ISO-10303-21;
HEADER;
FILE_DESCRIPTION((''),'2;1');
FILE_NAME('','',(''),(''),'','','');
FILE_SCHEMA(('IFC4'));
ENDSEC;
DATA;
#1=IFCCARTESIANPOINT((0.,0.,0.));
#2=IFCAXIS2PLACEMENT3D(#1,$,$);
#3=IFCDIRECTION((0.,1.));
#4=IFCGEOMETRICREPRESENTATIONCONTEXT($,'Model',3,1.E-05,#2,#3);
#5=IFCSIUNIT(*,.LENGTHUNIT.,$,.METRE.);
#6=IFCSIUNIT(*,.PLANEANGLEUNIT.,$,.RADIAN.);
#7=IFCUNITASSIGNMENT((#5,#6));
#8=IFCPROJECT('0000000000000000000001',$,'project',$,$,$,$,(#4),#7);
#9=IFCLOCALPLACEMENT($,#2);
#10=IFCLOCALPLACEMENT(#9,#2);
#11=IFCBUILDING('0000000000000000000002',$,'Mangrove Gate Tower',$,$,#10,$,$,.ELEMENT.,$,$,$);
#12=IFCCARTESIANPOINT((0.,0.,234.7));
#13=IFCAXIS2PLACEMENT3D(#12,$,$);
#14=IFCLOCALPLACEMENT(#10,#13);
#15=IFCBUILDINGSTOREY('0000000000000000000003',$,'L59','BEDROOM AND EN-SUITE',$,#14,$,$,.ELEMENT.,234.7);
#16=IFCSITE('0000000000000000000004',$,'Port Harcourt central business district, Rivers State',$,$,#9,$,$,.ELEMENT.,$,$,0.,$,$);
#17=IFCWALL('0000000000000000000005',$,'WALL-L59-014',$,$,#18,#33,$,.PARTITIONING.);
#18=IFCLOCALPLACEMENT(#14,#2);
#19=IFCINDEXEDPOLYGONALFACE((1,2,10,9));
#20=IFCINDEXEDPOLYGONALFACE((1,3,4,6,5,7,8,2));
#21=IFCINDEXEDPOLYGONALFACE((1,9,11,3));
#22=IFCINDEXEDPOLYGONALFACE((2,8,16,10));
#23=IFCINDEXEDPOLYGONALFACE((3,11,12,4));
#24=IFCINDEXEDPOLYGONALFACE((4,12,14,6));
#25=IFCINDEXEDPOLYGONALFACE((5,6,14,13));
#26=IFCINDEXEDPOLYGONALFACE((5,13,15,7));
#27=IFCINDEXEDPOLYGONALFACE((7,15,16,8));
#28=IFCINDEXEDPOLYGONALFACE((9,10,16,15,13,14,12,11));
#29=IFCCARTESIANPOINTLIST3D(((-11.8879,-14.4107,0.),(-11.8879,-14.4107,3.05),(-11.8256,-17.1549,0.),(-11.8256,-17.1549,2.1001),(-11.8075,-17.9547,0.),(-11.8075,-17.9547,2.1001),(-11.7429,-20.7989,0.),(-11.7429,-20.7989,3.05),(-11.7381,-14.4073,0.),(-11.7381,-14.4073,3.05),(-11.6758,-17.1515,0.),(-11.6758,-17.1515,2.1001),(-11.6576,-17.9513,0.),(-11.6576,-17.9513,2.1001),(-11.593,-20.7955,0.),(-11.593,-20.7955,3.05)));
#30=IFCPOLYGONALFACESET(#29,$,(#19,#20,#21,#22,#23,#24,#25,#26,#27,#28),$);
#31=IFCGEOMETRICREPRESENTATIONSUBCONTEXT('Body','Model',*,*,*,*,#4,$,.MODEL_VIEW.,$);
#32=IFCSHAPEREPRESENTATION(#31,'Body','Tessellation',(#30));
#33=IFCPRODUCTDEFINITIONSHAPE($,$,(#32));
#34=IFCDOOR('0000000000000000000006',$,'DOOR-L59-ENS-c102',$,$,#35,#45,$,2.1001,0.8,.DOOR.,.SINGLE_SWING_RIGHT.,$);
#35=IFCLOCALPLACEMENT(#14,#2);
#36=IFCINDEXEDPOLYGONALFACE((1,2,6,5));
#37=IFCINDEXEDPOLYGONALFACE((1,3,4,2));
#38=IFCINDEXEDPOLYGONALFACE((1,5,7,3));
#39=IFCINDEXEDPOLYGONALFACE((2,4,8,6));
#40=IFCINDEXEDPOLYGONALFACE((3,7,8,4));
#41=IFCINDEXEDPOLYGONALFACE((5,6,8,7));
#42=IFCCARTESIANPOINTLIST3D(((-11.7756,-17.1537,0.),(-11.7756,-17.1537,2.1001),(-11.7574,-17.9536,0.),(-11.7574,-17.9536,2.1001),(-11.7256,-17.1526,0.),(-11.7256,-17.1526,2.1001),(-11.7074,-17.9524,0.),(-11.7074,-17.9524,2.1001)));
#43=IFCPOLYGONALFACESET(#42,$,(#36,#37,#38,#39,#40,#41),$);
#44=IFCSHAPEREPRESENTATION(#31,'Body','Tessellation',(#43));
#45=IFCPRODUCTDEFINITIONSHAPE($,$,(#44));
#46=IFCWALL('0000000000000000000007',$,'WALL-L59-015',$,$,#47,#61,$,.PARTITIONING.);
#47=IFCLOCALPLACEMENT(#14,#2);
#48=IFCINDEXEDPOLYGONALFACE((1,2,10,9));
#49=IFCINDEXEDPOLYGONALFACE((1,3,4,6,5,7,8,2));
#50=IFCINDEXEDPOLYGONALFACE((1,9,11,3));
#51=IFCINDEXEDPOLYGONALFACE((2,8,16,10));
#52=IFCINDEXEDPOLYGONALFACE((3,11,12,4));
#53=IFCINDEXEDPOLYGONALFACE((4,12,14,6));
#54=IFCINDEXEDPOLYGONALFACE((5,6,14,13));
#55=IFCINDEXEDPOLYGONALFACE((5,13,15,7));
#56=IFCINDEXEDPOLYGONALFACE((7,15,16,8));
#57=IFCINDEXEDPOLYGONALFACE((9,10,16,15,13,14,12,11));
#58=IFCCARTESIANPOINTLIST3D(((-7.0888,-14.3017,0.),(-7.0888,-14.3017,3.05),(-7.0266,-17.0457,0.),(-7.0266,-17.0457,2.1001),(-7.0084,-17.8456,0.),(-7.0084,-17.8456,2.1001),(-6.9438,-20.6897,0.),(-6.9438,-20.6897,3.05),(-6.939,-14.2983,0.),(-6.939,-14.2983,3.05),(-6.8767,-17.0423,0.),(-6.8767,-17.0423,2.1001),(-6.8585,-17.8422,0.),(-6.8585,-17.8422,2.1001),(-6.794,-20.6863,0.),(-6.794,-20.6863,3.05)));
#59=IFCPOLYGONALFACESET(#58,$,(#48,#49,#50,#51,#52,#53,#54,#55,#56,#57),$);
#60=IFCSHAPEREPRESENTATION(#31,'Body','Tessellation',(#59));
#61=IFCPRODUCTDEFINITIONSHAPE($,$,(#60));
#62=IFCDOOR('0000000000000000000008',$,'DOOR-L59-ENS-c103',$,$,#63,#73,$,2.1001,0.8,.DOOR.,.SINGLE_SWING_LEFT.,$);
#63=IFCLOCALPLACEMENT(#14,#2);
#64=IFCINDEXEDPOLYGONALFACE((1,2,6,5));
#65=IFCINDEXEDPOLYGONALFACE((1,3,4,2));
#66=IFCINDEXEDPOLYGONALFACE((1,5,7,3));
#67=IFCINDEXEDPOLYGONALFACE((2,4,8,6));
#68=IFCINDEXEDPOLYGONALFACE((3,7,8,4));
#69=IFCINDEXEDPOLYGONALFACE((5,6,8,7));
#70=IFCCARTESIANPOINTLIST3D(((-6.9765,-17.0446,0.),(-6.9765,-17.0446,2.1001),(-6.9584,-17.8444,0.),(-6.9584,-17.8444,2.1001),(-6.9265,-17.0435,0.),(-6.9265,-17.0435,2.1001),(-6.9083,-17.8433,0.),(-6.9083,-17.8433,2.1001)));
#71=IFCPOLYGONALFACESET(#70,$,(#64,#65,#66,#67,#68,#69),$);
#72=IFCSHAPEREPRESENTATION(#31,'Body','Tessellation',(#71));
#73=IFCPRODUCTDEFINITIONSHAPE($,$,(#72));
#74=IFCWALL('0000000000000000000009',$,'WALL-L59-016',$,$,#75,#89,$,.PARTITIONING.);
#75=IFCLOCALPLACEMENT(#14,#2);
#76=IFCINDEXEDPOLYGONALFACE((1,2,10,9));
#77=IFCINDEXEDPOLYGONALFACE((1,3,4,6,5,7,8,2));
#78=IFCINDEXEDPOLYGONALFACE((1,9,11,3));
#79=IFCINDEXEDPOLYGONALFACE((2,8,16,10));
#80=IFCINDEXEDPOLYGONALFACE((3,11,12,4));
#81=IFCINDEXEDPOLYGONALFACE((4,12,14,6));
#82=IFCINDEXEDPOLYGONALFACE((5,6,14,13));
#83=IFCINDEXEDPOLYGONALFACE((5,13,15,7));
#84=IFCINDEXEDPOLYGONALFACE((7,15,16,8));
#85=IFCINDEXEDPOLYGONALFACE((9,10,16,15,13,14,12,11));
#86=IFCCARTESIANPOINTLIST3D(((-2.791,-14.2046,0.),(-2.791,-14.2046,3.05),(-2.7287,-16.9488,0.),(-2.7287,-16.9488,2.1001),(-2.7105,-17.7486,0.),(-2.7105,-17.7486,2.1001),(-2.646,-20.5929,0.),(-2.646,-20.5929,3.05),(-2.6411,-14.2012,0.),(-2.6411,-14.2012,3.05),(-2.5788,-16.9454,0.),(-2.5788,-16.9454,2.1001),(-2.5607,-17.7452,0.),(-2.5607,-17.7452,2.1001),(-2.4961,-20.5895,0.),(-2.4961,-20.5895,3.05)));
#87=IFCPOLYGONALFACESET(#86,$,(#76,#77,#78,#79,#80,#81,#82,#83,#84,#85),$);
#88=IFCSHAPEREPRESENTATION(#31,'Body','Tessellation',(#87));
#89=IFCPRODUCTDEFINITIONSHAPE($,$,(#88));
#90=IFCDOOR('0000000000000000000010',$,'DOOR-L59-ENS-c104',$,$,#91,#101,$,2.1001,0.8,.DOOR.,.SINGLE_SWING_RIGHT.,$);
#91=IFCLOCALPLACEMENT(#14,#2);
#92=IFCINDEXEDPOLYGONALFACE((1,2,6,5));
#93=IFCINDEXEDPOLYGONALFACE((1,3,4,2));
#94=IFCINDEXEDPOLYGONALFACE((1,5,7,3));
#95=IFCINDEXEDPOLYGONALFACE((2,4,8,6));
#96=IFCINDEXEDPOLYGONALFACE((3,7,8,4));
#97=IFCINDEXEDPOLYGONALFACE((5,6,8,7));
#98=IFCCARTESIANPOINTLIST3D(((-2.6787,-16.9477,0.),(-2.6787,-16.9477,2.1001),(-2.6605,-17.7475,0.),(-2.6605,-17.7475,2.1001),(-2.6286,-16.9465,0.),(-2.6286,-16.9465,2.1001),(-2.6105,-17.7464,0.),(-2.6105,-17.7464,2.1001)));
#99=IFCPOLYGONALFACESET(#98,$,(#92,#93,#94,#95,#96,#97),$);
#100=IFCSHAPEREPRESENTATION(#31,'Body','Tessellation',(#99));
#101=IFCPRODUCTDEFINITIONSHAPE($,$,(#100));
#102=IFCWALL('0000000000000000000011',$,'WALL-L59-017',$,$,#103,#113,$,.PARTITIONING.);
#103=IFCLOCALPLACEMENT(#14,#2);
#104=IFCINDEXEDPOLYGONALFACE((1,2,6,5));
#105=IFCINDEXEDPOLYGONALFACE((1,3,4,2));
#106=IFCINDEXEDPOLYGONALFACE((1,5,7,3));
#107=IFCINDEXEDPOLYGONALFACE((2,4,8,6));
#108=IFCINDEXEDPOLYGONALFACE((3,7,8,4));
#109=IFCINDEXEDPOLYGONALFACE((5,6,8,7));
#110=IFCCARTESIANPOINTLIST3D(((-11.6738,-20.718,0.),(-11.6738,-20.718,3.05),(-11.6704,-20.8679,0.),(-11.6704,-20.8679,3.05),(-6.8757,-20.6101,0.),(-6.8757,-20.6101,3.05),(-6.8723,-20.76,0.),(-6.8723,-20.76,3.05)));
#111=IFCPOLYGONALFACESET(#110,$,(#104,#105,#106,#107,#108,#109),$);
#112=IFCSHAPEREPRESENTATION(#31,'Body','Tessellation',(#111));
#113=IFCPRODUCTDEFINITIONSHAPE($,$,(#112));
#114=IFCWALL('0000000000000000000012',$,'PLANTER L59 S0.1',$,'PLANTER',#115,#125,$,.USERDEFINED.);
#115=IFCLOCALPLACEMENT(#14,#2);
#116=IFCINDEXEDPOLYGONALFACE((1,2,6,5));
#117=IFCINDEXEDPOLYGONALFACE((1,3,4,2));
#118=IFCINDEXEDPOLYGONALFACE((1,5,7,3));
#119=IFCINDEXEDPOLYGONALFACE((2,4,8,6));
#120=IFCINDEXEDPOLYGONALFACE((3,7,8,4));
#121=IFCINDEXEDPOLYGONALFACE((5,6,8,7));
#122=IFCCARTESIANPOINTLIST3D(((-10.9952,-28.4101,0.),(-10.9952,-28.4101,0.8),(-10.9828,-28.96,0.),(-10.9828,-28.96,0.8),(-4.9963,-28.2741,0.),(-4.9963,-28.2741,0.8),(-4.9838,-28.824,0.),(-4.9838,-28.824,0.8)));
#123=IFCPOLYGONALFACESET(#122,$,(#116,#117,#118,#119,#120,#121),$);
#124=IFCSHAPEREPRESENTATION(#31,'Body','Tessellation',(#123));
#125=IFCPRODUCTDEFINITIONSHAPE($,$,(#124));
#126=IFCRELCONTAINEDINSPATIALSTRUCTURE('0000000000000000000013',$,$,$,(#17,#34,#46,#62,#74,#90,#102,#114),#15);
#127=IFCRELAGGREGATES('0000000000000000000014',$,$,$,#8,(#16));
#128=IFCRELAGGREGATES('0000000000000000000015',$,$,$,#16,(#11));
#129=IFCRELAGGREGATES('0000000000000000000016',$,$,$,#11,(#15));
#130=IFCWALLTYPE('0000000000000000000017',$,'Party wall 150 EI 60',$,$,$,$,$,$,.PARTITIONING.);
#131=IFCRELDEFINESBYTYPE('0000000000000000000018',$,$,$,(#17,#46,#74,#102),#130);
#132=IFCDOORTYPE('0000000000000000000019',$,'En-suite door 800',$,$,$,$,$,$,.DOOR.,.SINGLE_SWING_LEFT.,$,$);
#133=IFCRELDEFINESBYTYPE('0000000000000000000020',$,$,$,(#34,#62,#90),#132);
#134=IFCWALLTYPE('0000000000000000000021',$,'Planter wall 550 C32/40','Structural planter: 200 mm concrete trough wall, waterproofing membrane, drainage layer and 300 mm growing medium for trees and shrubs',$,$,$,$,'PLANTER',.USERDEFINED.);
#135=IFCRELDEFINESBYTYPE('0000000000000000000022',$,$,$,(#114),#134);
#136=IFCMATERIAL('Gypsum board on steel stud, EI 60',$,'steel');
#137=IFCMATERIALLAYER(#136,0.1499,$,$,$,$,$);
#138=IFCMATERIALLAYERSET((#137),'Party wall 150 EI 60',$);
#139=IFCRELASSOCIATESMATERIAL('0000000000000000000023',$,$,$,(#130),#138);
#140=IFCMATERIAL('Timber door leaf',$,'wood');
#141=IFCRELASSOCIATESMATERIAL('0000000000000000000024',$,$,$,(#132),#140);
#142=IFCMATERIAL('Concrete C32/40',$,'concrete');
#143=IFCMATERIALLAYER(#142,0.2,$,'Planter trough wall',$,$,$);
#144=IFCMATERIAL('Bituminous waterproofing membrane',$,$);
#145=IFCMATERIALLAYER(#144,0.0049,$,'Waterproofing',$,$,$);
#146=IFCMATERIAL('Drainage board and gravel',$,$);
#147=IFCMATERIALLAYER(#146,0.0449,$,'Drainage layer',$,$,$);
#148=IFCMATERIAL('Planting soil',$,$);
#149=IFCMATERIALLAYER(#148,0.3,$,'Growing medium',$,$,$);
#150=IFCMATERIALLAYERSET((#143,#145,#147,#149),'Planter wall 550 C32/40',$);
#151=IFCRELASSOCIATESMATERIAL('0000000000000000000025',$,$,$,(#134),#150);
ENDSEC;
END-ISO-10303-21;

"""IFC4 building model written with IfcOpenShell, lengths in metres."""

from ifc_helpers import new_model, si_unit, direction, frame, frame_2d, origin, place, context, subcontext, project, spatial, rectangle, extrude, material, layer, layer_set, type_object, element, fill, save


model = new_model("IFC4")

# Units and contexts
model_context = context("Model", 3, precision=1e-05, world=origin(), true_north=direction((0.0, 1.0)))
body_context = subcontext(model_context, "Body", "Model", "MODEL_VIEW")
ifc_project = project(units=[si_unit("LENGTHUNIT", "METRE"), si_unit("PLANEANGLEUNIT", "RADIAN")], contexts=[model_context])

# Site, building, storey
site_placement = place(None, origin())
site = spatial("IfcSite", under=ifc_project, at=site_placement, Name="Port Harcourt central business district, Rivers State", CompositionType="ELEMENT", RefElevation=0.0)
building_placement = place(site_placement, origin())
building = spatial("IfcBuilding", under=site, at=building_placement, Name="Mangrove Gate Tower", CompositionType="ELEMENT")
storey_placement = place(building_placement, frame((0.0, 0.0, 234.7)))
storey = spatial("IfcBuildingStorey", under=building, at=storey_placement, Name="L59", Description="BEDROOM AND EN-SUITE", CompositionType="ELEMENT", Elevation=234.7)

# Shared definitions
ifc_material_1 = material(Name="Gypsum board on steel stud, EI 60", Category="steel")
ifc_layer_1 = layer(ifc_material_1, 0.1499)
ifc_layer_set_1 = layer_set([ifc_layer_1], Name="Party wall 150 EI 60")
wall_type_1 = type_object("IfcWallType", Name="Party wall 150 EI 60", PredefinedType="PARTITIONING", material=ifc_layer_set_1)

# Walls, openings, doors
ifc_material_2 = material(Name="Timber door leaf", Category="wood")
door_type = type_object("IfcDoorType", Name="En-suite door 800", OperationType="SINGLE_SWING_LEFT", PredefinedType="DOOR", material=ifc_material_2)
wall_1_placement = place(storey_placement, frame((-11.668, -20.7971, 0.0), z_axis=(0.0, 0.0, 1.0), x_axis=(-0.022695, 0.999742, 0.0)))
wall_1 = element("IfcWall", 1, at=wall_1_placement, inside=storey, type_object=wall_type_1, Name="WALL-L59-014", PredefinedType="PARTITIONING", context=body_context, shape_type="SweptSolid", body=[
    extrude(rectangle(XDim=6.3899, YDim=0.1499, at=frame_2d((3.1948, 0.0))), origin(), (0.0, 0.0, 1.0), 3.05),
])
opening_1_placement = place(wall_1_placement, frame((2.845, 0.0, 0.0)))
opening_1 = element("IfcOpeningElement", 2, at=opening_1_placement, cuts=wall_1, PredefinedType="OPENING", context=body_context, shape_type="SweptSolid", body=[
    extrude(rectangle(XDim=0.8, YDim=2.1001, at=frame_2d((0.3999, 1.05))), frame((0.0, 0.085, 0.0), z_axis=(0.0, -1.0, 0.0), x_axis=(1.0, 0.0, 0.0)), (0.0, 0.0, 1.0), 0.1699),
])
door_1_placement = place(opening_1_placement, origin())
door_1 = element("IfcDoor", 3, at=door_1_placement, inside=storey, type_object=door_type, Name="DOOR-L59-ENS-c102", OperationType="SINGLE_SWING_RIGHT", OverallHeight=2.1001, OverallWidth=0.8, PredefinedType="DOOR", context=body_context, shape_type="SweptSolid", body=[
    extrude(rectangle(XDim=0.8, YDim=2.1001, at=frame_2d((0.3999, 1.05))), frame((0.0, 0.0249, 0.0), z_axis=(0.0, -1.0, 0.0), x_axis=(1.0, 0.0, 0.0)), (0.0, 0.0, 1.0), 0.05),
])
fill(opening_1, door_1)
wall_2_placement = place(storey_placement, frame((-6.8689, -20.688, 0.0), z_axis=(0.0, 0.0, 1.0), x_axis=(-0.022696, 0.999742, 0.0)))
wall_2 = element("IfcWall", 4, at=wall_2_placement, inside=storey, type_object=wall_type_1, Name="WALL-L59-015", PredefinedType="PARTITIONING", context=body_context, shape_type="SweptSolid", body=[
    extrude(rectangle(XDim=6.3896, YDim=0.1499, at=frame_2d((3.1948, 0.0))), origin(), (0.0, 0.0, 1.0), 3.05),
])
opening_2_placement = place(wall_2_placement, frame((2.845, 0.0, 0.0)))
opening_2 = element("IfcOpeningElement", 5, at=opening_2_placement, cuts=wall_2, PredefinedType="OPENING", context=body_context, shape_type="SweptSolid", body=[
    extrude(rectangle(XDim=0.8, YDim=2.1001, at=frame_2d((0.3999, 1.05))), frame((0.0, 0.085, 0.0), z_axis=(0.0, -1.0, 0.0), x_axis=(1.0, 0.0, 0.0)), (0.0, 0.0, 1.0), 0.1699),
])
door_2_placement = place(opening_2_placement, origin())
door_2 = element("IfcDoor", 6, at=door_2_placement, inside=storey, type_object=door_type, Name="DOOR-L59-ENS-c103", OperationType="SINGLE_SWING_LEFT", OverallHeight=2.1001, OverallWidth=0.8, PredefinedType="DOOR", context=body_context, shape_type="SweptSolid", body=[
    extrude(rectangle(XDim=0.8, YDim=2.1001, at=frame_2d((0.3999, 1.05))), frame((0.0, 0.0249, 0.0), z_axis=(0.0, -1.0, 0.0), x_axis=(1.0, 0.0, 0.0)), (0.0, 0.0, 1.0), 0.05),
])
fill(opening_2, door_2)
wall_3_placement = place(storey_placement, frame((-2.571, -20.5911, 0.0), z_axis=(0.0, 0.0, 1.0), x_axis=(-0.022695, 0.999742, 0.0)))
wall_3 = element("IfcWall", 7, at=wall_3_placement, inside=storey, type_object=wall_type_1, Name="WALL-L59-016", PredefinedType="PARTITIONING", context=body_context, shape_type="SweptSolid", body=[
    extrude(rectangle(XDim=6.3899, YDim=0.1499, at=frame_2d((3.1948, 0.0))), origin(), (0.0, 0.0, 1.0), 3.05),
])
opening_3_placement = place(wall_3_placement, frame((2.845, 0.0, 0.0)))
opening_3 = element("IfcOpeningElement", 8, at=opening_3_placement, cuts=wall_3, PredefinedType="OPENING", context=body_context, shape_type="SweptSolid", body=[
    extrude(rectangle(XDim=0.8, YDim=2.1001, at=frame_2d((0.3999, 1.05))), frame((0.0, 0.085, 0.0), z_axis=(0.0, -1.0, 0.0), x_axis=(1.0, 0.0, 0.0)), (0.0, 0.0, 1.0), 0.1699),
])
door_3_placement = place(opening_3_placement, origin())
door_3 = element("IfcDoor", 9, at=door_3_placement, inside=storey, type_object=door_type, Name="DOOR-L59-ENS-c104", OperationType="SINGLE_SWING_RIGHT", OverallHeight=2.1001, OverallWidth=0.8, PredefinedType="DOOR", context=body_context, shape_type="SweptSolid", body=[
    extrude(rectangle(XDim=0.8, YDim=2.1001, at=frame_2d((0.3999, 1.05))), frame((0.0, 0.0249, 0.0), z_axis=(0.0, -1.0, 0.0), x_axis=(1.0, 0.0, 0.0)), (0.0, 0.0, 1.0), 0.05),
])
fill(opening_3, door_3)

# Walls
wall_4_placement = place(storey_placement, frame((-11.6721, -20.793, 0.0), z_axis=(0.0, 0.0, 1.0), x_axis=(0.999747, 0.022485, 0.0)))
element("IfcWall", 10, at=wall_4_placement, inside=storey, type_object=wall_type_1, Name="WALL-L59-017", PredefinedType="PARTITIONING", context=body_context, shape_type="SweptSolid", body=[
    extrude(rectangle(XDim=4.7993, YDim=0.1499, at=frame_2d((2.3997, 0.0))), origin(), (0.0, 0.0, 1.0), 3.05),
])
ifc_material_3 = material(Name="Concrete C32/40", Category="concrete")
ifc_layer_2 = layer(ifc_material_3, 0.2, Name="Planter trough wall")
ifc_material_4 = material(Name="Bituminous waterproofing membrane")
ifc_layer_3 = layer(ifc_material_4, 0.0049, Name="Waterproofing")
ifc_material_5 = material(Name="Drainage board and gravel")
ifc_layer_4 = layer(ifc_material_5, 0.0449, Name="Drainage layer")
ifc_material_6 = material(Name="Planting soil")
ifc_layer_5 = layer(ifc_material_6, 0.3, Name="Growing medium")
ifc_layer_set_2 = layer_set([ifc_layer_2, ifc_layer_3, ifc_layer_4, ifc_layer_5], Name="Planter wall 550 C32/40")
wall_type_2 = type_object("IfcWallType", Name="Planter wall 550 C32/40", Description="Structural planter: 200 mm concrete trough wall, waterproofing membrane, drainage layer and 300 mm growing medium for trees and shrubs", ElementType="PLANTER", PredefinedType="USERDEFINED", material=ifc_layer_set_2)
wall_5_placement = place(storey_placement, frame((-10.989, -28.6851, 0.0), z_axis=(0.0, 0.0, 1.0), x_axis=(0.999743, 0.022662, 0.0)))
element("IfcWall", 11, at=wall_5_placement, inside=storey, type_object=wall_type_2, Name="PLANTER L59 S0.1", ObjectType="PLANTER", PredefinedType="USERDEFINED", context=body_context, shape_type="SweptSolid", body=[
    extrude(rectangle(XDim=6.0005, YDim=0.55, at=frame_2d((3.0002, 0.0))), origin(), (0.0, 0.0, 1.0), 0.8),
])

save(model, "model.ifc")
